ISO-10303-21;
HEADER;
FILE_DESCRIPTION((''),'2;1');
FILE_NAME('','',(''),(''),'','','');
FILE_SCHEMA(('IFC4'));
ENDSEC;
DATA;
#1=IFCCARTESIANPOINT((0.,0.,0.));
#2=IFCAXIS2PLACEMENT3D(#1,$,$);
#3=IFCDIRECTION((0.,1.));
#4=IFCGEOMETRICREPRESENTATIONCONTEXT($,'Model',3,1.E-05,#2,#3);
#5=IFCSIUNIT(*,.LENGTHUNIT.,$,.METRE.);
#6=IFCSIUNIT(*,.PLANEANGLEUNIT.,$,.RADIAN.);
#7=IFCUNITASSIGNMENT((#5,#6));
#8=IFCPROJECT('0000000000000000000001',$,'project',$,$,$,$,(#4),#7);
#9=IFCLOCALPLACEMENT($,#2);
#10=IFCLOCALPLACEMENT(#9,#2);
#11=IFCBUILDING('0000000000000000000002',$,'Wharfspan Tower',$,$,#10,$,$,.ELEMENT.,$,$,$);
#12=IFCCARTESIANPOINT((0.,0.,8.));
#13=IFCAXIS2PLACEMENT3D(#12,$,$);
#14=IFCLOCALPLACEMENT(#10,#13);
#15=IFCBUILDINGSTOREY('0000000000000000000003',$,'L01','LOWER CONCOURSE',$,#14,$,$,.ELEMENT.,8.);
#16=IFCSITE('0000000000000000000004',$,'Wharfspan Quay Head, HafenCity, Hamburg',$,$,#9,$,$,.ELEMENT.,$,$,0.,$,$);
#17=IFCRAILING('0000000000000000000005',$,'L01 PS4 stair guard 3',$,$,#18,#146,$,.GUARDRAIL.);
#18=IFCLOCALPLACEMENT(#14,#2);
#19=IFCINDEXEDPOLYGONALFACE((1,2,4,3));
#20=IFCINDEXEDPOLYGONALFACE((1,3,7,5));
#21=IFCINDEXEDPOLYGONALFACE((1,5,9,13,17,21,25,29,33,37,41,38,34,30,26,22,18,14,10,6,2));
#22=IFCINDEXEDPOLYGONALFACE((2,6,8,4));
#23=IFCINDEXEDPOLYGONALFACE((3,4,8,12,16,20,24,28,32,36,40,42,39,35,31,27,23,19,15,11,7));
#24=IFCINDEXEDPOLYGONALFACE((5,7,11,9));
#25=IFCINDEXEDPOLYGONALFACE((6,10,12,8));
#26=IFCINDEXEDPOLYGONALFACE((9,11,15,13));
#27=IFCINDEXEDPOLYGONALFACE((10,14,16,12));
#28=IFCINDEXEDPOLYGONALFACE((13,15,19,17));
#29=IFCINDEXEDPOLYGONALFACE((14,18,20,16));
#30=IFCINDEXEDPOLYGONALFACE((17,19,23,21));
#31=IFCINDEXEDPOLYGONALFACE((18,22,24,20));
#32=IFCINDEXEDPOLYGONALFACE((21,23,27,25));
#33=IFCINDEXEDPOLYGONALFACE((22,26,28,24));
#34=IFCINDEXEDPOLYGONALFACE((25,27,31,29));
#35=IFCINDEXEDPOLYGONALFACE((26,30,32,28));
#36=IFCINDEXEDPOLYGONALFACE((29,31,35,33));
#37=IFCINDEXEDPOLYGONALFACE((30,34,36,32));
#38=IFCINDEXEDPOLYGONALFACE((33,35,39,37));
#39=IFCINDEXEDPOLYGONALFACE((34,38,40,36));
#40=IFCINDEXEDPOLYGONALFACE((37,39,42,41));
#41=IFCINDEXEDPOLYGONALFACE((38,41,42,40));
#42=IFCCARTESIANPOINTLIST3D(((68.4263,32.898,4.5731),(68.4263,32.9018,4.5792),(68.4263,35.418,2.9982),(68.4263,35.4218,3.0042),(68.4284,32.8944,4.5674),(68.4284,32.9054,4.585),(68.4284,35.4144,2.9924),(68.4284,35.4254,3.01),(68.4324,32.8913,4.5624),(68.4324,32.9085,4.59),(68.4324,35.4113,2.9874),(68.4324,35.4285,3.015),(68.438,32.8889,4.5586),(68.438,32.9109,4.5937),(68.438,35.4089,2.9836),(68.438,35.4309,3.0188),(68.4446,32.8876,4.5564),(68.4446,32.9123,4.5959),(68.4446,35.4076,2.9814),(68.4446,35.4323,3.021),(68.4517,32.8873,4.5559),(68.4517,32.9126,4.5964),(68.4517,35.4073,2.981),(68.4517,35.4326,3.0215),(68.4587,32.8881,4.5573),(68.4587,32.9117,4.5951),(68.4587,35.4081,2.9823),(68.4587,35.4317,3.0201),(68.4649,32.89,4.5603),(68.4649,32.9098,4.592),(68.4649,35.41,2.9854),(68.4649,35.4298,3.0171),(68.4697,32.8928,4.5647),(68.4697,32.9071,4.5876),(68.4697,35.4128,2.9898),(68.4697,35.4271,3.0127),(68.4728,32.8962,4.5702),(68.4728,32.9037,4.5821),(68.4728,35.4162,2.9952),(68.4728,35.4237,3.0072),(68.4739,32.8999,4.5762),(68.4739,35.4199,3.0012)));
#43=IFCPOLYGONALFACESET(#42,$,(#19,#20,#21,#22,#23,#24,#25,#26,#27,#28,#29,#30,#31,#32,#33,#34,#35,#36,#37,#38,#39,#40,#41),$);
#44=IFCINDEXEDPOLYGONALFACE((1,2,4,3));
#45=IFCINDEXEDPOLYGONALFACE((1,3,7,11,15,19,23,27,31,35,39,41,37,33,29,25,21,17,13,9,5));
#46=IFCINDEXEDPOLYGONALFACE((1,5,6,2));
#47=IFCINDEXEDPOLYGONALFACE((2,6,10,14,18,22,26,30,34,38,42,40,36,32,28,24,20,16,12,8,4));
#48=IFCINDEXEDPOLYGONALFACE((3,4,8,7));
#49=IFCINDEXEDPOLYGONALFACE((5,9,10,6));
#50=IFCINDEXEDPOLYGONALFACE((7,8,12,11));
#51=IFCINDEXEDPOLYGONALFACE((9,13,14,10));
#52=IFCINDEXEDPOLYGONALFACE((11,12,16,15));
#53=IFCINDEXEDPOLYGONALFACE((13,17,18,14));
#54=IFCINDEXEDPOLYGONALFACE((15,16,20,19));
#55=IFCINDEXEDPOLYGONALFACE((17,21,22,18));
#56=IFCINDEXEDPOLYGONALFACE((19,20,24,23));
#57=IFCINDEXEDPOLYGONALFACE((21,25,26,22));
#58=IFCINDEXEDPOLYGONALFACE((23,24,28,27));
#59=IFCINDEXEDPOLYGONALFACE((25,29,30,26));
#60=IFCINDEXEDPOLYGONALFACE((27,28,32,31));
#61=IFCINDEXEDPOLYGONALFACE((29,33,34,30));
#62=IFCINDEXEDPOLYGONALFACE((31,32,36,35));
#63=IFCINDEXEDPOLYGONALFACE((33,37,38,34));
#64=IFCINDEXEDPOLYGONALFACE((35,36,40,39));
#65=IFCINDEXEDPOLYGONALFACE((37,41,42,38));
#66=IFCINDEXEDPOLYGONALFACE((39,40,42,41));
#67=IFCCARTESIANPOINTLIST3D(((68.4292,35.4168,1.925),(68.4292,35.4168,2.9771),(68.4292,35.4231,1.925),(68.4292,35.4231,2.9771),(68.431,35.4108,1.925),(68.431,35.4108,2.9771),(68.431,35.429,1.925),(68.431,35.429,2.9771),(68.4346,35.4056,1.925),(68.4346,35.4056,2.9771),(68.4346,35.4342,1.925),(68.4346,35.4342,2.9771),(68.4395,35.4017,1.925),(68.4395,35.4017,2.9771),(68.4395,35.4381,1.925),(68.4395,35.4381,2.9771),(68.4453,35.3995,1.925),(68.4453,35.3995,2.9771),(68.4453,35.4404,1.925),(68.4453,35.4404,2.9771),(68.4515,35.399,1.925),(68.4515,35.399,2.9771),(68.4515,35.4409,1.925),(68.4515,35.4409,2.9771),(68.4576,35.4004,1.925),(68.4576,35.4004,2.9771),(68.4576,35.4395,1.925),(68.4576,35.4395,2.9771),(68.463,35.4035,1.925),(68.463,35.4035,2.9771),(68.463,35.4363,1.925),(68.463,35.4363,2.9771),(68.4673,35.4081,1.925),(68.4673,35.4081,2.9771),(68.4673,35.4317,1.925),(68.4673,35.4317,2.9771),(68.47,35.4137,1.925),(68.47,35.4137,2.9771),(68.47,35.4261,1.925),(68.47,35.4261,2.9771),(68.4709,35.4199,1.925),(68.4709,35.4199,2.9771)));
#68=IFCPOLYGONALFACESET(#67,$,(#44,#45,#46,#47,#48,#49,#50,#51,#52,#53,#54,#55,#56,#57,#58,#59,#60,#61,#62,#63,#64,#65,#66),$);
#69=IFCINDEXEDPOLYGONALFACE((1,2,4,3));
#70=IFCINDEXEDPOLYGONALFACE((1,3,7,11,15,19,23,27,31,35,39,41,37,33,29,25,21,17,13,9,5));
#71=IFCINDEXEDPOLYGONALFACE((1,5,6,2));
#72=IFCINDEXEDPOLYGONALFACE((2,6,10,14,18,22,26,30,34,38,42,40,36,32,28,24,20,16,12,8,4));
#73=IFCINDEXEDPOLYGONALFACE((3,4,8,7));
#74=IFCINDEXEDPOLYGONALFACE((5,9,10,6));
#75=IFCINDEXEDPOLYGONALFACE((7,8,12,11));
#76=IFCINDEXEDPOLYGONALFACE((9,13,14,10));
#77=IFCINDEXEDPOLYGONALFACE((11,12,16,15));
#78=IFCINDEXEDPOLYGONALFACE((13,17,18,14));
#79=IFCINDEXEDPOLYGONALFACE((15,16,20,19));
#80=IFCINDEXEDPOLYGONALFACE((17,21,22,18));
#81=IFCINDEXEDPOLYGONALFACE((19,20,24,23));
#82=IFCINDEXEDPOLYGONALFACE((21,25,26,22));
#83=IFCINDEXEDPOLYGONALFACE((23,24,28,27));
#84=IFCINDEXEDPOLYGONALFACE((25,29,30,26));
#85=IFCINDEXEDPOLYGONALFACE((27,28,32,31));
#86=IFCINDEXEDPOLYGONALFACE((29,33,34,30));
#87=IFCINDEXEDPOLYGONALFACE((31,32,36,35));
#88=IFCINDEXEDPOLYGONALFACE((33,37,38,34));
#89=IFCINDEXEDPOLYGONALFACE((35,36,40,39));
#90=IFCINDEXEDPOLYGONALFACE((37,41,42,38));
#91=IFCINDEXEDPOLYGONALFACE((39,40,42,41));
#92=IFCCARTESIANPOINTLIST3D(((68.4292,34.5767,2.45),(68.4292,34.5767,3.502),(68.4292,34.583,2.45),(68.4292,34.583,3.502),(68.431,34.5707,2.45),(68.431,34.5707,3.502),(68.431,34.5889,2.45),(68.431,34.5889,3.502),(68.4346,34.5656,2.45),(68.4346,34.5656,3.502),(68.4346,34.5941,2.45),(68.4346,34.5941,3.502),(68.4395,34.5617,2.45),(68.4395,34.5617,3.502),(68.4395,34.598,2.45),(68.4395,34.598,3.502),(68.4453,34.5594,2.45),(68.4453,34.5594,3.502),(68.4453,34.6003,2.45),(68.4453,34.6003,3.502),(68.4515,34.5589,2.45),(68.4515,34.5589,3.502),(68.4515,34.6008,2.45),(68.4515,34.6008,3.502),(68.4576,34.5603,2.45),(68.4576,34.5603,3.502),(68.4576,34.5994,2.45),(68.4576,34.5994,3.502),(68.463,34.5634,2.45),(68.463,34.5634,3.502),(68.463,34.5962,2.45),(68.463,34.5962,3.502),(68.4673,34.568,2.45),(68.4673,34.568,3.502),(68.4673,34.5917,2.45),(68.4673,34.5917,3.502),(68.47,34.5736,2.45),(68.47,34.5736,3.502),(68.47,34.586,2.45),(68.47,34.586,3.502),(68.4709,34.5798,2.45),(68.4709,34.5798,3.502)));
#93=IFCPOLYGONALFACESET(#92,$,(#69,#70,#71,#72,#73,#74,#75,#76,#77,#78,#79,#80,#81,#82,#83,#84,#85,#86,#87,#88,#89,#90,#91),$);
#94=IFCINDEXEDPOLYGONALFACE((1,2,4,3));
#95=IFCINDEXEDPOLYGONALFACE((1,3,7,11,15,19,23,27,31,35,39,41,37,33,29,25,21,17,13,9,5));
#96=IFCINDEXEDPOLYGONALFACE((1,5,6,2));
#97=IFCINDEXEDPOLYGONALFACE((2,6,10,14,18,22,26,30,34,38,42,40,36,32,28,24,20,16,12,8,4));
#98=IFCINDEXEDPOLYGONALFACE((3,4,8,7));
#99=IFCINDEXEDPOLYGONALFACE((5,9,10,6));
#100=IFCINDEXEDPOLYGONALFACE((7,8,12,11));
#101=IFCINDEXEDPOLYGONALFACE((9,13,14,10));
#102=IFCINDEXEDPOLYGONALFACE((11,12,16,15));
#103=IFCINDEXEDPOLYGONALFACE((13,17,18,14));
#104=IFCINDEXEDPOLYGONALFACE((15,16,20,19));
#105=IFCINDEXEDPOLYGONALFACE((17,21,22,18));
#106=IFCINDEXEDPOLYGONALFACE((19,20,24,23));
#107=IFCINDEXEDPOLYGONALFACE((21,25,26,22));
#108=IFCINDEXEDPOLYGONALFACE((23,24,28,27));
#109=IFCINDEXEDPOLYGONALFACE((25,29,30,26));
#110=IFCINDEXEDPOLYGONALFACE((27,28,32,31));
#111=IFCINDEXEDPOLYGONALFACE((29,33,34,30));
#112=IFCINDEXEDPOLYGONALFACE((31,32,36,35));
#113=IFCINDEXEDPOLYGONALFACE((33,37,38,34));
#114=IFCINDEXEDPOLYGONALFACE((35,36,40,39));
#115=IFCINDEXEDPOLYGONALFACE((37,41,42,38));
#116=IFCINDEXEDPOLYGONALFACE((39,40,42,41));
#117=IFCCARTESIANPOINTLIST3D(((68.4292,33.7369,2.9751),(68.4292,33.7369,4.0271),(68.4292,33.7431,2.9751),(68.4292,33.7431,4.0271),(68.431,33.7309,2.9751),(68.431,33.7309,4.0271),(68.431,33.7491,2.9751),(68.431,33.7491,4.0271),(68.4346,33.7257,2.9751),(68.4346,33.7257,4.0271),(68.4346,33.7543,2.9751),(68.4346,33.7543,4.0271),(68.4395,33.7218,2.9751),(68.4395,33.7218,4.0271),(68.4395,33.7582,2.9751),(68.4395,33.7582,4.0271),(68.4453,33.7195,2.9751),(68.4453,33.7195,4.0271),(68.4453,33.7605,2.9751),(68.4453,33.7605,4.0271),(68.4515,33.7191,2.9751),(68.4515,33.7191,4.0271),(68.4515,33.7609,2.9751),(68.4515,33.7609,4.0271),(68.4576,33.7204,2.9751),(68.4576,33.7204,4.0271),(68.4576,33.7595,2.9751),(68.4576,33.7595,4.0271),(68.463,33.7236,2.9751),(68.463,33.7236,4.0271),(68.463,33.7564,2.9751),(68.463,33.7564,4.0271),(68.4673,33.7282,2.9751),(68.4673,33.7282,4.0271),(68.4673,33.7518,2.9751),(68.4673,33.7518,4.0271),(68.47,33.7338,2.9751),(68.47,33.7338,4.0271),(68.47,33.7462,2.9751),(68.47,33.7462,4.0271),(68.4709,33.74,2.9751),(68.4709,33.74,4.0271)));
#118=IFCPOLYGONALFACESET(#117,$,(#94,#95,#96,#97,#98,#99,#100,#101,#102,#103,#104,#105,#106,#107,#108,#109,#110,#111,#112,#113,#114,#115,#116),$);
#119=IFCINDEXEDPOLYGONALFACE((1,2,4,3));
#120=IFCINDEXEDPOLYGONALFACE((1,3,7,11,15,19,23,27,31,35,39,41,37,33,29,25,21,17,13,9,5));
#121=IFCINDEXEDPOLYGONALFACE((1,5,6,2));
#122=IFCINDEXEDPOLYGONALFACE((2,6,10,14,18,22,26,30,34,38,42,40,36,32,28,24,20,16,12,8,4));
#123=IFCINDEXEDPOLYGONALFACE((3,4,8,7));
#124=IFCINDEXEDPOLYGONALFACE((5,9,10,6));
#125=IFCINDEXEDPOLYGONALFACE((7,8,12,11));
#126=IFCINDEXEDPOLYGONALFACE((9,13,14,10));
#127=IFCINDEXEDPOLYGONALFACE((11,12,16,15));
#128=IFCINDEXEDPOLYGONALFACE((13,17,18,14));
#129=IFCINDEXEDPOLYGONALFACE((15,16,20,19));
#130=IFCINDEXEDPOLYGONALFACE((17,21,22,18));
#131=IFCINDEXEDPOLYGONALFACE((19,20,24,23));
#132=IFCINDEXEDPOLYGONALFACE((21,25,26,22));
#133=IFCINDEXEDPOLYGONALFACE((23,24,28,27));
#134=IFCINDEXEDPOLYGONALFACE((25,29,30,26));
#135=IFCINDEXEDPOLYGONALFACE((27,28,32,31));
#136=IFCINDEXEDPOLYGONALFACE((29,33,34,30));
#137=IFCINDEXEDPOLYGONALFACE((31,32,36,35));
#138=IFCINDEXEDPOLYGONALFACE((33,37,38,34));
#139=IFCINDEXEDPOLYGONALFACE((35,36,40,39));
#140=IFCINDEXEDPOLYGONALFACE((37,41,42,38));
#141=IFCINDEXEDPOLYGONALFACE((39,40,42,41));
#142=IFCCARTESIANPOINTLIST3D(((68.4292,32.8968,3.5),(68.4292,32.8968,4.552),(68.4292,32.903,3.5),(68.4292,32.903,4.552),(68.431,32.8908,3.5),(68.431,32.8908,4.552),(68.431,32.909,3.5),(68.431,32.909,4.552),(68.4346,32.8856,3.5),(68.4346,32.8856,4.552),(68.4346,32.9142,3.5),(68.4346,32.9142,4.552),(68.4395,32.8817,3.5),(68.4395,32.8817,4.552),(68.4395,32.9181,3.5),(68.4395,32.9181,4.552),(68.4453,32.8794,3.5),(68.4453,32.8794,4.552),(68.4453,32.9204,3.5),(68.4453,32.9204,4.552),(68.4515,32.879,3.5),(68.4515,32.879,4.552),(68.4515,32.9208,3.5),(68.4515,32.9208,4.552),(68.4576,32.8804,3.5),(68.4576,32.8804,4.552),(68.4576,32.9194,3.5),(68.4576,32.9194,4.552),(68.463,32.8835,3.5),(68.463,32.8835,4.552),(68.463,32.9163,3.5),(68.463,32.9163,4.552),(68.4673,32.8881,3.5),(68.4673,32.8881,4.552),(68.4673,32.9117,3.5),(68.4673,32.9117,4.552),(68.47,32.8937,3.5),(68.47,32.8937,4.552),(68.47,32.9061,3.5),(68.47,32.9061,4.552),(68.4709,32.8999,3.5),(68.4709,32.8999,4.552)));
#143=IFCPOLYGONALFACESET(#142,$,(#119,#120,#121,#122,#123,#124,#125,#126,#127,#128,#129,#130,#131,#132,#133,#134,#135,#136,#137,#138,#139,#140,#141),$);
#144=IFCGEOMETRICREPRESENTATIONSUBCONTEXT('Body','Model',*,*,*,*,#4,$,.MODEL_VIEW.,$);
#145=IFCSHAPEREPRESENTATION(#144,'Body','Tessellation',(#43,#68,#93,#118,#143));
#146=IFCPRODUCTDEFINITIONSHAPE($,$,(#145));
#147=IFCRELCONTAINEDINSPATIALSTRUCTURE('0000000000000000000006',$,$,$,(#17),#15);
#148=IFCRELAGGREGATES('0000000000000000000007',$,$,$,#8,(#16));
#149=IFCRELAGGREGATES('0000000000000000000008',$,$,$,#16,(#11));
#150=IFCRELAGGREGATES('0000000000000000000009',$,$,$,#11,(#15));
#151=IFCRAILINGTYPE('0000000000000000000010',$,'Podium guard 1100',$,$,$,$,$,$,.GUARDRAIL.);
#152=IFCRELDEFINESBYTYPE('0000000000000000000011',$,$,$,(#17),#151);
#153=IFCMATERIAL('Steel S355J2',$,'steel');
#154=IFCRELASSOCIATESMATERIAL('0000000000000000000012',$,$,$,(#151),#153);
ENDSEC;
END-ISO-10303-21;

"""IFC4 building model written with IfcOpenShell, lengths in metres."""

from ifc_helpers import new_model, si_unit, direction, frame, origin, origin_2d, place, context, subcontext, project, spatial, circle, extrude, material, type_object, element, save


model = new_model("IFC4")

# Units and contexts
model_context = context("Model", 3, precision=1e-05, world=origin(), true_north=direction((0.0, 1.0)))
body_context = subcontext(model_context, "Body", "Model", "MODEL_VIEW")
ifc_project = project(units=[si_unit("LENGTHUNIT", "METRE"), si_unit("PLANEANGLEUNIT", "RADIAN")], contexts=[model_context])

# Site, building, storey
site_placement = place(None, origin())
site = spatial("IfcSite", under=ifc_project, at=site_placement, Name="Wharfspan Quay Head, HafenCity, Hamburg", CompositionType="ELEMENT", RefElevation=0.0)
building_placement = place(site_placement, origin())
building = spatial("IfcBuilding", under=site, at=building_placement, Name="Wharfspan Tower", CompositionType="ELEMENT")
storey_placement = place(building_placement, frame((0.0, 0.0, 8.0)))
storey = spatial("IfcBuildingStorey", under=building, at=storey_placement, Name="L01", Description="LOWER CONCOURSE", CompositionType="ELEMENT", Elevation=8.0)

# Railing
ifc_material_1 = material(Name="Steel S355J2", Category="steel")
railing_type_1 = type_object("IfcRailingType", Name="Podium guard 1100", PredefinedType="GUARDRAIL", material=ifc_material_1)
railing_1_placement = place(storey_placement, frame((68.45, 35.4199, 1.925)))
element("IfcRailing", 1, at=railing_1_placement, inside=storey, type_object=railing_type_1, Name="L01 PS4 stair guard 3", PredefinedType="GUARDRAIL", context=body_context, shape_type="SweptSolid", body=[
    extrude(circle(Radius=0.0239, at=origin_2d()), frame((0.0, 0.0, 1.0762), z_axis=(0.0, -0.848008, 0.529984), x_axis=(1.0, 0.0, 0.0)), (0.0, 0.0, 1.0), 2.9717),
    extrude(circle(Radius=0.021, at=origin_2d()), origin(), (0.0, 0.0, 1.0), 1.052),
    extrude(circle(Radius=0.021, at=origin_2d()), frame((0.0, -0.8401, 0.5249)), (0.0, 0.0, 1.0), 1.052),
    extrude(circle(Radius=0.021, at=origin_2d()), frame((0.0, -1.6799, 1.05)), (0.0, 0.0, 1.0), 1.052),
    extrude(circle(Radius=0.021, at=origin_2d()), frame((0.0, -2.52, 1.575)), (0.0, 0.0, 1.0), 1.052),
])

save(model, "model.ifc")
